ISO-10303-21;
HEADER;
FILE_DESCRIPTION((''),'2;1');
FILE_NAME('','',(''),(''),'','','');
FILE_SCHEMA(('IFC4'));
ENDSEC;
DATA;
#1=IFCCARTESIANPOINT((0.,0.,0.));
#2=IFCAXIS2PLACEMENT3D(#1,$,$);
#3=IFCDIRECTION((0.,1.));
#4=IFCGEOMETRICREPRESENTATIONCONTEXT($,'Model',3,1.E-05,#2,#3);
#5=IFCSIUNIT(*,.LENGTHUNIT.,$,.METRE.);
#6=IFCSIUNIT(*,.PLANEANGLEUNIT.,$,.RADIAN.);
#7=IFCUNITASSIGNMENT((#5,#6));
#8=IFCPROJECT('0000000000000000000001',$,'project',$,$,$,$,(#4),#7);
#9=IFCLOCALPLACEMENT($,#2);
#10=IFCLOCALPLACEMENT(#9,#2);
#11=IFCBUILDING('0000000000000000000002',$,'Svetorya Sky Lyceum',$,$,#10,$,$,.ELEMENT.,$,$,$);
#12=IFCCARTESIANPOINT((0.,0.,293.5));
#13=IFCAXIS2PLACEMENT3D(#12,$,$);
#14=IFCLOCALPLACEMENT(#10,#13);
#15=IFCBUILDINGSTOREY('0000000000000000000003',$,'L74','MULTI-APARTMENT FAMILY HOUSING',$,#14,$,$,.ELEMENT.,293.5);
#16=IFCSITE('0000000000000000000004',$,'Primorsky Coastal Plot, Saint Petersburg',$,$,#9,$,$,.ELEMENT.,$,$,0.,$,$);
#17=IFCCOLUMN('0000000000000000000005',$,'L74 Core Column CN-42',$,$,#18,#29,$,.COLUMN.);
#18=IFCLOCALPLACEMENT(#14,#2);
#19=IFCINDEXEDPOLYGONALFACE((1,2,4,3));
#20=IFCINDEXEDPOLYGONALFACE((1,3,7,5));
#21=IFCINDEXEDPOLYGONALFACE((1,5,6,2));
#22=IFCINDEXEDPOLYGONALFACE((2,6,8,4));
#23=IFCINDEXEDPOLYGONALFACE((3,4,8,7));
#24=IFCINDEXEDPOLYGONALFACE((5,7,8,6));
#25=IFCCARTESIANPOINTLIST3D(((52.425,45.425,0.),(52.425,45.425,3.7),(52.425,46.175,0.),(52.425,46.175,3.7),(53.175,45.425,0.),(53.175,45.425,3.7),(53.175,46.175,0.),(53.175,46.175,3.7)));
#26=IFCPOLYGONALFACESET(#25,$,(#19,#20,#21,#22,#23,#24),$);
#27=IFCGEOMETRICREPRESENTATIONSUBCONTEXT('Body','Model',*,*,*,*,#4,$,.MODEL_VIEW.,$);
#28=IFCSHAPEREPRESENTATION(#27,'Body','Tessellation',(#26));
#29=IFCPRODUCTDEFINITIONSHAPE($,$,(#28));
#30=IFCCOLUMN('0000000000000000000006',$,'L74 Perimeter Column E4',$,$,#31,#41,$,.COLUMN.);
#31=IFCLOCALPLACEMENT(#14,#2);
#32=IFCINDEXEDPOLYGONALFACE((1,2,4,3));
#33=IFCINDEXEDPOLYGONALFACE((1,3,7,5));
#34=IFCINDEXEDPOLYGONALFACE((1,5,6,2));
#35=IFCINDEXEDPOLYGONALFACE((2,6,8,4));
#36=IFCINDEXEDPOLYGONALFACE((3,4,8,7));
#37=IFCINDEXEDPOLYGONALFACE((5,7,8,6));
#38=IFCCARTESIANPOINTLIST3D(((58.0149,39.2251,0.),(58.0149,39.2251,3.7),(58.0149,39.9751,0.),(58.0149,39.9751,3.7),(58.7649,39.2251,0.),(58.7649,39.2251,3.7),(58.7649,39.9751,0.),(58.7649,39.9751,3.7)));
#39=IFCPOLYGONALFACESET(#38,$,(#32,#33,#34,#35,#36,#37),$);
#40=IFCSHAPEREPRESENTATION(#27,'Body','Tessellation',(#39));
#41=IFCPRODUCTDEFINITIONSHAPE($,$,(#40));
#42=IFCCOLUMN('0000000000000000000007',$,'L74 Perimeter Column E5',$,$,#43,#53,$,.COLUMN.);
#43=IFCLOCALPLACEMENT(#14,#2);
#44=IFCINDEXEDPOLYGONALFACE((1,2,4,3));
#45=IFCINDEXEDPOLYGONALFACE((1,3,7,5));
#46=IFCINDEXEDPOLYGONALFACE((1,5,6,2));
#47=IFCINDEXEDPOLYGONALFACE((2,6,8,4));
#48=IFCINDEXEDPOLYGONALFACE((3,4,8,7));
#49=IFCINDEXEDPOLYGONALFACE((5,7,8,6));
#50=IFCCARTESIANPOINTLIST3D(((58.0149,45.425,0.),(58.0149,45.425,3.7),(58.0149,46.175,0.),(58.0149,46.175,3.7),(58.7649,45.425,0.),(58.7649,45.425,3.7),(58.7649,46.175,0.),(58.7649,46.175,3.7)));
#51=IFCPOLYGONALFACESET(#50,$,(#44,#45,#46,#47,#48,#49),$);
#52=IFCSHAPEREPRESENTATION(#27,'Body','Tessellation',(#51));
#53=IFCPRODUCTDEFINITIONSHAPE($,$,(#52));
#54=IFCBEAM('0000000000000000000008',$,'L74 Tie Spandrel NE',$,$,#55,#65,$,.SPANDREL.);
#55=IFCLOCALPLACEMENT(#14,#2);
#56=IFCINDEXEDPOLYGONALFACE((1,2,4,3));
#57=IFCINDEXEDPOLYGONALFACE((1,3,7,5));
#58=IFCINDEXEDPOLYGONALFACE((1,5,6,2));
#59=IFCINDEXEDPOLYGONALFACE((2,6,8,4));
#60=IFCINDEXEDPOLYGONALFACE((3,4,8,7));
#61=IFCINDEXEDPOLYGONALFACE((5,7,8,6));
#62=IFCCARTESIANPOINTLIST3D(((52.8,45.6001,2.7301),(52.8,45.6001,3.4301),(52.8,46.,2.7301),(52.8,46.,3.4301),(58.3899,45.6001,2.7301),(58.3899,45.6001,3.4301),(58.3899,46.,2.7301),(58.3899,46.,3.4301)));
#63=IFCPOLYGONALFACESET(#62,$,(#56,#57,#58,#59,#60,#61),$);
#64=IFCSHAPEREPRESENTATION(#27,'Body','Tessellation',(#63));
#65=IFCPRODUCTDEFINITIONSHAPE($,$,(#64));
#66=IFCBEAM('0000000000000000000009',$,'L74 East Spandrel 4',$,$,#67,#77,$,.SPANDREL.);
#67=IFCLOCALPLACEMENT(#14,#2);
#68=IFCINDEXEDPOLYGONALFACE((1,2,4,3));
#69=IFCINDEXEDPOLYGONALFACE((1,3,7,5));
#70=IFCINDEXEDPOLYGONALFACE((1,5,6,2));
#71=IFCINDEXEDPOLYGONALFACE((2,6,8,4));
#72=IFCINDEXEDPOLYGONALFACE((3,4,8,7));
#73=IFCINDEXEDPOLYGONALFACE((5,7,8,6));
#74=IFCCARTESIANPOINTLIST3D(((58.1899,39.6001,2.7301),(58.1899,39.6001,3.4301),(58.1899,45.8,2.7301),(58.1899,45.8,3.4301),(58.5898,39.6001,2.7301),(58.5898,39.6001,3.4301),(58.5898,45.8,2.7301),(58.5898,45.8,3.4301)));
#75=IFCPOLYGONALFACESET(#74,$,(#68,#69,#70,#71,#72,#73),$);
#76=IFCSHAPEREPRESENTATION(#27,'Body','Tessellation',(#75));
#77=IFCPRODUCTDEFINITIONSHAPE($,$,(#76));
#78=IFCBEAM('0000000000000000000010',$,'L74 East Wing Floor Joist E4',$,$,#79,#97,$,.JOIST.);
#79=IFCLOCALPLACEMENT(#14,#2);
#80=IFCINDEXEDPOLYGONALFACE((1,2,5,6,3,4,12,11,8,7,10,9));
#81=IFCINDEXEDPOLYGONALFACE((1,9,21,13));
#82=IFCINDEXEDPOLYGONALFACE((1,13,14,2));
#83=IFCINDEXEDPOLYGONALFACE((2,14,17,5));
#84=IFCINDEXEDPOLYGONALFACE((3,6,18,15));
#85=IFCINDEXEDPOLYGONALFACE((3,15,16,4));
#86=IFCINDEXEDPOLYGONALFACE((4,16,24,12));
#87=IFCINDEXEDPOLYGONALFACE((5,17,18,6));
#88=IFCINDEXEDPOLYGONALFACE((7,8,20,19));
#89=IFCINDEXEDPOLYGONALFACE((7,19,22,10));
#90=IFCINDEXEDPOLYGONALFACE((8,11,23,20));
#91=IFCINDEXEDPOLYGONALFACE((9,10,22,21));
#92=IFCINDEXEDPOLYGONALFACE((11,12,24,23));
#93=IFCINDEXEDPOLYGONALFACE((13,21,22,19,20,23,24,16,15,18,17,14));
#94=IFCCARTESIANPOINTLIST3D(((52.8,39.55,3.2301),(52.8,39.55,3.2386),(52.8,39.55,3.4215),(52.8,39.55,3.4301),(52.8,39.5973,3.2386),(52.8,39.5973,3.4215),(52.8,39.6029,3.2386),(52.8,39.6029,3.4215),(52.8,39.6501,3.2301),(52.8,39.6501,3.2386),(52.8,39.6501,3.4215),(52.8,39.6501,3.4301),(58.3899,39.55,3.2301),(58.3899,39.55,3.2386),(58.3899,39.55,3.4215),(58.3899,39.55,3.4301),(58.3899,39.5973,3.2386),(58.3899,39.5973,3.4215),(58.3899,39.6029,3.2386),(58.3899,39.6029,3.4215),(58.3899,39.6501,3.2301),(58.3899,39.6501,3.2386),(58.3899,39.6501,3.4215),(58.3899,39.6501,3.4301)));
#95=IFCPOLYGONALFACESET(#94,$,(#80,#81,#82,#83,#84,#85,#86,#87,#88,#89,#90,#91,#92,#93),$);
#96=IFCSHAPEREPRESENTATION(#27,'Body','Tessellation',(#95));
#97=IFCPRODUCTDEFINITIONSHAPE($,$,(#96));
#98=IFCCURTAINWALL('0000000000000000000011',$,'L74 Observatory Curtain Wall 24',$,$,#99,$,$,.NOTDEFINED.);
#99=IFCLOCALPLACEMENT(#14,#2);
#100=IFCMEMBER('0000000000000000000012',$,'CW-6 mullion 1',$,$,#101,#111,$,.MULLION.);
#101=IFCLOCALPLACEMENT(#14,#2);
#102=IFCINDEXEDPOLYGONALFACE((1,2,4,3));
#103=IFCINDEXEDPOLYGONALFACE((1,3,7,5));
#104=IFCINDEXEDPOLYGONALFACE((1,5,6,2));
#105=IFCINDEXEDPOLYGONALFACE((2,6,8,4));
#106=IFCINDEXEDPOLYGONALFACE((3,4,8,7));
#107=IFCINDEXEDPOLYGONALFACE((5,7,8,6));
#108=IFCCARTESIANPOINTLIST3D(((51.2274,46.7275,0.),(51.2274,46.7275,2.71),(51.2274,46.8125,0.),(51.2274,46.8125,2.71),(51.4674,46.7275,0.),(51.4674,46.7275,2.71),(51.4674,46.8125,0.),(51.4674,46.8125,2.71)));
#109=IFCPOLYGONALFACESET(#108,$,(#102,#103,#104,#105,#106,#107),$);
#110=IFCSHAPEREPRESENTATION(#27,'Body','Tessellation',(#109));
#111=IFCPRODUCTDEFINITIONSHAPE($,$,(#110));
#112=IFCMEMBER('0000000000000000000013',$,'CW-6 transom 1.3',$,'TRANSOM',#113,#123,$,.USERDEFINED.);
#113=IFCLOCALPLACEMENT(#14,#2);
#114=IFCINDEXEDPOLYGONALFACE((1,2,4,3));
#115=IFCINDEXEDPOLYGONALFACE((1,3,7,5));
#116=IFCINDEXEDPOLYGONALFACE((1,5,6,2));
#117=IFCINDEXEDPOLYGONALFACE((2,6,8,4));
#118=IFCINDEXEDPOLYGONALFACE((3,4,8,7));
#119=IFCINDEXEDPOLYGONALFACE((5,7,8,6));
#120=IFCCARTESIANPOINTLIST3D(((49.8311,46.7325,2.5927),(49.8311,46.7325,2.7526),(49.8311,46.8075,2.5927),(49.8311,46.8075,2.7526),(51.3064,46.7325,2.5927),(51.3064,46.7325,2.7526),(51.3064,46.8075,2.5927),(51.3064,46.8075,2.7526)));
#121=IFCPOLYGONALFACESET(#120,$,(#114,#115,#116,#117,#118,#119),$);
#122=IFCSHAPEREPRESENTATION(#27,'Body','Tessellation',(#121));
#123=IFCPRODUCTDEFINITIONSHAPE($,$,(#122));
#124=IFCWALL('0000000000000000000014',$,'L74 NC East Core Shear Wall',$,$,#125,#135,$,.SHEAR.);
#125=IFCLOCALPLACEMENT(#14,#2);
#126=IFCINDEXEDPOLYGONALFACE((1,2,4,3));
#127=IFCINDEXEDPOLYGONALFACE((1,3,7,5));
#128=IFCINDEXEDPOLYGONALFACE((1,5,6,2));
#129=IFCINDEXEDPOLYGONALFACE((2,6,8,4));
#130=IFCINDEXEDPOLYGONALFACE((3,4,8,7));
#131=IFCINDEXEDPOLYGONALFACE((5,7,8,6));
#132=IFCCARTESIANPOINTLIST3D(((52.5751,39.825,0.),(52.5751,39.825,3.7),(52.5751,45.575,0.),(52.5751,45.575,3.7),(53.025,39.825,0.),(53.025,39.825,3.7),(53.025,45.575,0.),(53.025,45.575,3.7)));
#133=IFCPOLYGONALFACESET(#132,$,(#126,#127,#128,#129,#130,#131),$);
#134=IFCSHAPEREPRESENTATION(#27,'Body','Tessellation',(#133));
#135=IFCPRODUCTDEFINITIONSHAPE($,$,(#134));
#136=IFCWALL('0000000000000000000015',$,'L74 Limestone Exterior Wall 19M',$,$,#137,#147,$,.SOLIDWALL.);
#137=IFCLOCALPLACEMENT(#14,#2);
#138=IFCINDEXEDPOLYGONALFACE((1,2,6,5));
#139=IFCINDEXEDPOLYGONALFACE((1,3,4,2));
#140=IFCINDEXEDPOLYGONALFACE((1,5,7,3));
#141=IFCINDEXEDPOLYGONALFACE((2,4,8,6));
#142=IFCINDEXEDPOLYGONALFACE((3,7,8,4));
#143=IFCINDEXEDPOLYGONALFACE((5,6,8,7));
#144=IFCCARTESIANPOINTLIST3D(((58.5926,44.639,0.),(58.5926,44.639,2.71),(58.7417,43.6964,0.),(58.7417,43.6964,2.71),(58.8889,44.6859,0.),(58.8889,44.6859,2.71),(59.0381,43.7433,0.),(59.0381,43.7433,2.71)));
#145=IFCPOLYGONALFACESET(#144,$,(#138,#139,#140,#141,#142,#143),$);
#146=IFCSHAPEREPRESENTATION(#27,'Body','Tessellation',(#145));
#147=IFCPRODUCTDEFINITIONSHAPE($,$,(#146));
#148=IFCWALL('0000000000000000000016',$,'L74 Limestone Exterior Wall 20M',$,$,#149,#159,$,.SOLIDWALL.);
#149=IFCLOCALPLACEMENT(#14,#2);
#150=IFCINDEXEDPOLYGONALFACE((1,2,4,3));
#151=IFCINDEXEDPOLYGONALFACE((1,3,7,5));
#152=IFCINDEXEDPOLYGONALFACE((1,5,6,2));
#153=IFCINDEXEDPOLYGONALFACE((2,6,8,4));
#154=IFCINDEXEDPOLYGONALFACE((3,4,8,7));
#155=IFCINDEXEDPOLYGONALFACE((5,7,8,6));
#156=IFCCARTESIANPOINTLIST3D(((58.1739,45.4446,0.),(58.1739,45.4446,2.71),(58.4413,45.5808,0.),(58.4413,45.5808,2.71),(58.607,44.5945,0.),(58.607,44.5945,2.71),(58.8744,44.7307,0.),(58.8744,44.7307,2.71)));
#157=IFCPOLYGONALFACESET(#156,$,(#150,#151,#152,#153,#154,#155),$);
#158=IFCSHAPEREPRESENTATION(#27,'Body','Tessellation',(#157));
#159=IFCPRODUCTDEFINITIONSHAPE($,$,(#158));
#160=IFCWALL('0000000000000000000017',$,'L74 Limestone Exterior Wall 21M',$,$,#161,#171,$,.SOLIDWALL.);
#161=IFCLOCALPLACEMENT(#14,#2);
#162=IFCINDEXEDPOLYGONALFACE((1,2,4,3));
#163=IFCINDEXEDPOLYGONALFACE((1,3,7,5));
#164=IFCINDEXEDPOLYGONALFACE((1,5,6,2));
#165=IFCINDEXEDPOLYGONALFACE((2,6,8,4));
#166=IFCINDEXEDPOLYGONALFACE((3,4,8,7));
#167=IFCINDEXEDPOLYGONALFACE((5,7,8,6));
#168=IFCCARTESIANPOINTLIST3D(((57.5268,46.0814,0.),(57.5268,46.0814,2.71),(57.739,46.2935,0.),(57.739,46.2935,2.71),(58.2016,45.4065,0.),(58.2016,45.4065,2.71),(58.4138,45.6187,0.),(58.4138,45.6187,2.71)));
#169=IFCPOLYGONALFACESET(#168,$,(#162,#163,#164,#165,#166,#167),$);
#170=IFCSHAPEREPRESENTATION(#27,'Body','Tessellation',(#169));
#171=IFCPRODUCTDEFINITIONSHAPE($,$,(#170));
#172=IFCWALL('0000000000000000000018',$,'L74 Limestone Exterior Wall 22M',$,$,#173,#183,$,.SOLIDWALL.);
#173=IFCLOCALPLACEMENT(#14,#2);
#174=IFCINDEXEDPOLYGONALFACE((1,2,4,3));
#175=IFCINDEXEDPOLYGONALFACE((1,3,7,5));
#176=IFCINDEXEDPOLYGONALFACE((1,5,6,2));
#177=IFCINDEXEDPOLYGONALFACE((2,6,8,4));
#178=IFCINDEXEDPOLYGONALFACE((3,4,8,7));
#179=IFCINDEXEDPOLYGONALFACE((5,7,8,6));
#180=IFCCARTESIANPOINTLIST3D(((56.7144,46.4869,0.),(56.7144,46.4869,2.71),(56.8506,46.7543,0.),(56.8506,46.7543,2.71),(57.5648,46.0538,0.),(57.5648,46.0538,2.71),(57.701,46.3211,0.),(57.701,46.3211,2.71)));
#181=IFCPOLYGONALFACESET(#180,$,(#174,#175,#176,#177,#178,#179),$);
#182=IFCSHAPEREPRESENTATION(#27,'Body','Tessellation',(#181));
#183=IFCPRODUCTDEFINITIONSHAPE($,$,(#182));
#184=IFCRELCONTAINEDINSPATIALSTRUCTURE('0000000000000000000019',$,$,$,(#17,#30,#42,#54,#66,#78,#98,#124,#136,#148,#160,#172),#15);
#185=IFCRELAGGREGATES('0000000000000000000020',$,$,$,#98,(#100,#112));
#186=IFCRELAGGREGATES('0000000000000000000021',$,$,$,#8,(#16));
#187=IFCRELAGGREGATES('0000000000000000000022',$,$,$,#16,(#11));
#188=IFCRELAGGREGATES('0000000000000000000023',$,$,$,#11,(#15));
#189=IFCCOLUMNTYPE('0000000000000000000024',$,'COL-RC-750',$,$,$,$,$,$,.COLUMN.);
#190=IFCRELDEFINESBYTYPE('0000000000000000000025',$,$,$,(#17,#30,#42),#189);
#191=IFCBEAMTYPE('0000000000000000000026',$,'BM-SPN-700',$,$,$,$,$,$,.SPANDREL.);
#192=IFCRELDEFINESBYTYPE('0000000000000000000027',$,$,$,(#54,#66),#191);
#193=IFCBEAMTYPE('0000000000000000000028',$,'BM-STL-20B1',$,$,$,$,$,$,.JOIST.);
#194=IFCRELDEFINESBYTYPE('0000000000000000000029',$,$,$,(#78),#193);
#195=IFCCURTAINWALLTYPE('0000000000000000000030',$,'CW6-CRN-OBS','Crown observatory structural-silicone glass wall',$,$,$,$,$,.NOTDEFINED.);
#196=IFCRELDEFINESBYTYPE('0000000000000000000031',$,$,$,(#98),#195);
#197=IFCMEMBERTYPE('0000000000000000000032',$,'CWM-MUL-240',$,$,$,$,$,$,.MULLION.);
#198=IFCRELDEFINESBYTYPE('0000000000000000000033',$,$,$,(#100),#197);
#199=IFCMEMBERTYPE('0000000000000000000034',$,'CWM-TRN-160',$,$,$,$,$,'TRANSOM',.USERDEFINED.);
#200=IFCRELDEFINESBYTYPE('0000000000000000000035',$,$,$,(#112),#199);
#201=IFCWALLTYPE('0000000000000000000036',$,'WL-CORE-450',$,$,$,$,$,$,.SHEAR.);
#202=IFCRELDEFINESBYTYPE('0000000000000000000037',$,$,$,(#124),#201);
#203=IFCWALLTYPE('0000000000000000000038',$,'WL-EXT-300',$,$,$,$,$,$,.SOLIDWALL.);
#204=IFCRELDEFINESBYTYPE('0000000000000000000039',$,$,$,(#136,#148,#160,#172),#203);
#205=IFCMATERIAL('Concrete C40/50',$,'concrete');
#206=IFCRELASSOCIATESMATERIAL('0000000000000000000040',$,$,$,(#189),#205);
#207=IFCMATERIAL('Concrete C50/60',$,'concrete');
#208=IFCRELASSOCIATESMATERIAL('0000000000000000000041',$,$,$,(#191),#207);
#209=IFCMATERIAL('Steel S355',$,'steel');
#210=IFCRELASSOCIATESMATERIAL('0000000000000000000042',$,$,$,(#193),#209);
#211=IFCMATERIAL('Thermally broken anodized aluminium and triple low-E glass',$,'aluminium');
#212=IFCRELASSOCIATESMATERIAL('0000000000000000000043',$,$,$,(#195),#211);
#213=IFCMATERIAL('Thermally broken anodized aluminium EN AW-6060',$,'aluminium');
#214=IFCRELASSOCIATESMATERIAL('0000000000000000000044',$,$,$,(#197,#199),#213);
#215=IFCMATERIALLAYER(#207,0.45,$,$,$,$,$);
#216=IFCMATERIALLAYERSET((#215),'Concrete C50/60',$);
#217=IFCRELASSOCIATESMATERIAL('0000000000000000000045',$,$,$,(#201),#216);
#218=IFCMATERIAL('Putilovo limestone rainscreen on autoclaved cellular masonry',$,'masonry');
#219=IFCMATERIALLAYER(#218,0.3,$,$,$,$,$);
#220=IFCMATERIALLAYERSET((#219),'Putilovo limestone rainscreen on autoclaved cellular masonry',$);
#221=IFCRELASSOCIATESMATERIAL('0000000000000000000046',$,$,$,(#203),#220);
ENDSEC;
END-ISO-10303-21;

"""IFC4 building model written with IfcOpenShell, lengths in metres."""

from ifc_helpers import new_model, si_unit, direction, frame, frame_2d, origin, origin_2d, place, context, subcontext, project, spatial, rectangle, i_section, extrude, material, layer, layer_set, material_profile, profile_set, type_object, element, aggregate, save


model = new_model("IFC4")

# Units and contexts
model_context = context("Model", 3, precision=1e-05, world=origin(), true_north=direction((0.0, 1.0)))
body_context = subcontext(model_context, "Body", "Model", "MODEL_VIEW")
ifc_project = project(units=[si_unit("LENGTHUNIT", "METRE"), si_unit("PLANEANGLEUNIT", "RADIAN")], contexts=[model_context])

# Site, building, storey
site_placement = place(None, origin())
site = spatial("IfcSite", under=ifc_project, at=site_placement, Name="Primorsky Coastal Plot, Saint Petersburg", CompositionType="ELEMENT", RefElevation=0.0)
building_placement = place(site_placement, origin())
building = spatial("IfcBuilding", under=site, at=building_placement, Name="Svetorya Sky Lyceum", CompositionType="ELEMENT")
storey_placement = place(building_placement, frame((0.0, 0.0, 293.5)))
storey = spatial("IfcBuildingStorey", under=building, at=storey_placement, Name="L74", Description="MULTI-APARTMENT FAMILY HOUSING", CompositionType="ELEMENT", Elevation=293.5)

# Columns
ifc_material_1 = material(Name="Concrete C40/50", Category="concrete")
ifc_material_profile_1 = material_profile(ifc_material_1, rectangle(XDim=0.75, YDim=0.75, at=origin_2d()), Name="RC COL 750x750")
ifc_profile_set_1 = profile_set([ifc_material_profile_1], Name="Concrete C40/50")
column_type = type_object("IfcColumnType", Name="COL-RC-750", PredefinedType="COLUMN", material=ifc_profile_set_1)
for number, where, z_axis, x_axis, name in (
    (1, (52.8, 45.8, 0.0), (0.0, 0.0, 1.0), (1.0, 0.0, 0.0), "L74 Core Column CN-42"),
    (2, (58.3899, 39.6001, 0.0), (0.0, 0.0, 1.0), (1.0, 0.0, 0.0), "L74 Perimeter Column E4"),
    (3, (58.3899, 45.8, 0.0), (0.0, 0.0, 1.0), (1.0, 0.0, 0.0), "L74 Perimeter Column E5"),
):
    element("IfcColumn", number, at=place(storey_placement, frame(where, z_axis=z_axis, x_axis=x_axis)), inside=storey, type_object=column_type, Name=name, PredefinedType="COLUMN", context=body_context, shape_type="SweptSolid", body=[
        extrude(rectangle(XDim=0.75, YDim=0.75, at=origin_2d()), origin(), (0.0, 0.0, 1.0), 3.7),
    ])

# Beams
ifc_material_2 = material(Name="Concrete C50/60", Category="concrete")
ifc_material_profile_2 = material_profile(ifc_material_2, rectangle(XDim=0.3999, YDim=0.7, at=origin_2d()), Name="RC SPANDREL 400x700")
ifc_profile_set_2 = profile_set([ifc_material_profile_2], Name="Concrete C50/60")
beam_type_1 = type_object("IfcBeamType", Name="BM-SPN-700", PredefinedType="SPANDREL", material=ifc_profile_set_2)
beam_1_placement = place(storey_placement, frame((52.8, 45.8, 3.0801), z_axis=(1.0, 0.0, 0.0), x_axis=(0.0, 1.0, 0.0)))
element("IfcBeam", 4, at=beam_1_placement, inside=storey, type_object=beam_type_1, Name="L74 Tie Spandrel NE", PredefinedType="SPANDREL", context=body_context, shape_type="SweptSolid", body=[
    extrude(rectangle(XDim=0.3999, YDim=0.7, at=origin_2d()), origin(), (0.0, 0.0, 1.0), 5.5898),
])
beam_2_placement = place(storey_placement, frame((58.3899, 39.6001, 3.0801), z_axis=(0.0, 1.0, 0.0), x_axis=(-1.0, 0.0, 0.0)))
element("IfcBeam", 5, at=beam_2_placement, inside=storey, type_object=beam_type_1, Name="L74 East Spandrel 4", PredefinedType="SPANDREL", context=body_context, shape_type="SweptSolid", body=[
    extrude(rectangle(XDim=0.3999, YDim=0.7, at=origin_2d()), origin(), (0.0, 0.0, 1.0), 6.2),
])
ifc_material_3 = material(Name="Steel S355", Category="steel")
ifc_material_profile_3 = material_profile(ifc_material_3, i_section(OverallWidth=0.1001, OverallDepth=0.2, WebThickness=0.0056, FlangeThickness=0.0085, at=origin_2d()), Name="GOST 20B1")
ifc_profile_set_3 = profile_set([ifc_material_profile_3], Name="Steel S355")
beam_type_2 = type_object("IfcBeamType", Name="BM-STL-20B1", PredefinedType="JOIST", material=ifc_profile_set_3)
beam_3_placement = place(storey_placement, frame((52.8, 39.6001, 3.3301), z_axis=(1.0, 0.0, 0.0), x_axis=(0.0, 1.0, 0.0)))
element("IfcBeam", 6, at=beam_3_placement, inside=storey, type_object=beam_type_2, Name="L74 East Wing Floor Joist E4", PredefinedType="JOIST", context=body_context, shape_type="SweptSolid", body=[
    extrude(i_section(OverallWidth=0.1001, OverallDepth=0.2, WebThickness=0.0056, FlangeThickness=0.0085, at=origin_2d()), origin(), (0.0, 0.0, 1.0), 5.5898),
])

# Curtain wall, members
ifc_material_4 = material(Name="Thermally broken anodized aluminium and triple low-E glass", Category="aluminium")
curtain_wall_type = type_object("IfcCurtainWallType", Name="CW6-CRN-OBS", Description="Crown observatory structural-silicone glass wall", PredefinedType="NOTDEFINED", material=ifc_material_4)
curtain_wall_placement = place(storey_placement, origin())
curtain_wall = element("IfcCurtainWall", 7, at=curtain_wall_placement, inside=storey, type_object=curtain_wall_type, Name="L74 Observatory Curtain Wall 24", PredefinedType="NOTDEFINED")
ifc_material_5 = material(Name="Thermally broken anodized aluminium EN AW-6060", Category="aluminium")
ifc_material_profile_4 = material_profile(ifc_material_5, rectangle(XDim=0.085, YDim=0.24, at=origin_2d()), Name="ALU MULLION 85x240")
ifc_profile_set_4 = profile_set([ifc_material_profile_4], Name="Thermally broken anodized aluminium EN AW-6060")
member_type_1 = type_object("IfcMemberType", Name="CWM-MUL-240", PredefinedType="MULLION", material=ifc_profile_set_4)
member_1_placement = place(storey_placement, frame((51.3474, 46.77, 0.0), z_axis=(0.0, 0.0, 1.0), x_axis=(0.0, -1.0, 0.0)))
member_1 = element("IfcMember", 8, at=member_1_placement, type_object=member_type_1, Name="CW-6 mullion 1", PredefinedType="MULLION", context=body_context, shape_type="SweptSolid", body=[
    extrude(rectangle(XDim=0.085, YDim=0.24, at=origin_2d()), origin(), (0.0, 0.0, 1.0), 2.71),
])
ifc_material_profile_5 = material_profile(ifc_material_5, rectangle(XDim=0.075, YDim=0.1599, at=origin_2d()), Name="ALU TRANSOM 75x160")
ifc_profile_set_5 = profile_set([ifc_material_profile_5], Name="Thermally broken anodized aluminium EN AW-6060")
member_type_2 = type_object("IfcMemberType", Name="CWM-TRN-160", ElementType="TRANSOM", PredefinedType="USERDEFINED", material=ifc_profile_set_5)
member_2_placement = place(storey_placement, frame((51.3064, 46.77, 2.6726), z_axis=(-1.0, 0.0, 0.0), x_axis=(0.0, -1.0, 0.0)))
member_2 = element("IfcMember", 9, at=member_2_placement, type_object=member_type_2, Name="CW-6 transom 1.3", ObjectType="TRANSOM", PredefinedType="USERDEFINED", context=body_context, shape_type="SweptSolid", body=[
    extrude(rectangle(XDim=0.075, YDim=0.1599, at=origin_2d()), origin(), (0.0, 0.0, 1.0), 1.4753),
])
aggregate(curtain_wall, [member_1, member_2])

# Walls
ifc_layer_1 = layer(ifc_material_2, 0.45)
ifc_layer_set_1 = layer_set([ifc_layer_1], Name="Concrete C50/60")
wall_type_1 = type_object("IfcWallType", Name="WL-CORE-450", PredefinedType="SHEAR", material=ifc_layer_set_1)
wall_1_placement = place(storey_placement, frame((52.8, 39.825, 0.0), z_axis=(0.0, 0.0, 1.0), x_axis=(0.0, 1.0, 0.0)))
element("IfcWall", 10, at=wall_1_placement, inside=storey, type_object=wall_type_1, Name="L74 NC East Core Shear Wall", PredefinedType="SHEAR", context=body_context, shape_type="SweptSolid", body=[
    extrude(rectangle(XDim=5.75, YDim=0.45, at=frame_2d((2.875, 0.0))), origin(), (0.0, 0.0, 1.0), 3.7),
])
ifc_material_6 = material(Name="Putilovo limestone rainscreen on autoclaved cellular masonry", Category="masonry")
ifc_layer_2 = layer(ifc_material_6, 0.3)
ifc_layer_set_2 = layer_set([ifc_layer_2], Name="Putilovo limestone rainscreen on autoclaved cellular masonry")
wall_type_2 = type_object("IfcWallType", Name="WL-EXT-300", PredefinedType="SOLIDWALL", material=ifc_layer_set_2)
wall_2_placement = place(storey_placement, frame((58.8899, 43.72, 0.0), z_axis=(0.0, 0.0, 1.0), x_axis=(-0.156304, 0.987709, 0.0)))
element("IfcWall", 11, at=wall_2_placement, inside=storey, type_object=wall_type_2, Name="L74 Limestone Exterior Wall 19M", PredefinedType="SOLIDWALL", context=body_context, shape_type="SweptSolid", body=[
    extrude(rectangle(XDim=0.9543, YDim=0.3, at=frame_2d((0.4771, 0.0))), origin(), (0.0, 0.0, 1.0), 2.71),
])
wall_3_placement = place(storey_placement, frame((58.7407, 44.6626, 0.0), z_axis=(0.0, 0.0, 1.0), x_axis=(-0.453956, 0.891024, 0.0)))
element("IfcWall", 12, at=wall_3_placement, inside=storey, type_object=wall_type_2, Name="L74 Limestone Exterior Wall 20M", PredefinedType="SOLIDWALL", context=body_context, shape_type="SweptSolid", body=[
    extrude(rectangle(XDim=0.9541, YDim=0.3, at=frame_2d((0.4771, 0.0))), origin(), (0.0, 0.0, 1.0), 2.71),
])
for number, where, z_axis, x_axis, name in (
    (13, (58.3076, 45.5127, 0.0), (0.0, 0.0, 1.0), (-0.707107, 0.707107, 0.0), "L74 Limestone Exterior Wall 21M"),
    (14, (57.6328, 46.1875, 0.0), (0.0, 0.0, 1.0), (-0.891077, 0.453853, 0.0), "L74 Limestone Exterior Wall 22M"),
):
    element("IfcWall", number, at=place(storey_placement, frame(where, z_axis=z_axis, x_axis=x_axis)), inside=storey, type_object=wall_type_2, Name=name, PredefinedType="SOLIDWALL", context=body_context, shape_type="SweptSolid", body=[
        extrude(rectangle(XDim=0.9543, YDim=0.3, at=frame_2d((0.4771, 0.0))), origin(), (0.0, 0.0, 1.0), 2.71),
    ])

save(model, "model.ifc")
